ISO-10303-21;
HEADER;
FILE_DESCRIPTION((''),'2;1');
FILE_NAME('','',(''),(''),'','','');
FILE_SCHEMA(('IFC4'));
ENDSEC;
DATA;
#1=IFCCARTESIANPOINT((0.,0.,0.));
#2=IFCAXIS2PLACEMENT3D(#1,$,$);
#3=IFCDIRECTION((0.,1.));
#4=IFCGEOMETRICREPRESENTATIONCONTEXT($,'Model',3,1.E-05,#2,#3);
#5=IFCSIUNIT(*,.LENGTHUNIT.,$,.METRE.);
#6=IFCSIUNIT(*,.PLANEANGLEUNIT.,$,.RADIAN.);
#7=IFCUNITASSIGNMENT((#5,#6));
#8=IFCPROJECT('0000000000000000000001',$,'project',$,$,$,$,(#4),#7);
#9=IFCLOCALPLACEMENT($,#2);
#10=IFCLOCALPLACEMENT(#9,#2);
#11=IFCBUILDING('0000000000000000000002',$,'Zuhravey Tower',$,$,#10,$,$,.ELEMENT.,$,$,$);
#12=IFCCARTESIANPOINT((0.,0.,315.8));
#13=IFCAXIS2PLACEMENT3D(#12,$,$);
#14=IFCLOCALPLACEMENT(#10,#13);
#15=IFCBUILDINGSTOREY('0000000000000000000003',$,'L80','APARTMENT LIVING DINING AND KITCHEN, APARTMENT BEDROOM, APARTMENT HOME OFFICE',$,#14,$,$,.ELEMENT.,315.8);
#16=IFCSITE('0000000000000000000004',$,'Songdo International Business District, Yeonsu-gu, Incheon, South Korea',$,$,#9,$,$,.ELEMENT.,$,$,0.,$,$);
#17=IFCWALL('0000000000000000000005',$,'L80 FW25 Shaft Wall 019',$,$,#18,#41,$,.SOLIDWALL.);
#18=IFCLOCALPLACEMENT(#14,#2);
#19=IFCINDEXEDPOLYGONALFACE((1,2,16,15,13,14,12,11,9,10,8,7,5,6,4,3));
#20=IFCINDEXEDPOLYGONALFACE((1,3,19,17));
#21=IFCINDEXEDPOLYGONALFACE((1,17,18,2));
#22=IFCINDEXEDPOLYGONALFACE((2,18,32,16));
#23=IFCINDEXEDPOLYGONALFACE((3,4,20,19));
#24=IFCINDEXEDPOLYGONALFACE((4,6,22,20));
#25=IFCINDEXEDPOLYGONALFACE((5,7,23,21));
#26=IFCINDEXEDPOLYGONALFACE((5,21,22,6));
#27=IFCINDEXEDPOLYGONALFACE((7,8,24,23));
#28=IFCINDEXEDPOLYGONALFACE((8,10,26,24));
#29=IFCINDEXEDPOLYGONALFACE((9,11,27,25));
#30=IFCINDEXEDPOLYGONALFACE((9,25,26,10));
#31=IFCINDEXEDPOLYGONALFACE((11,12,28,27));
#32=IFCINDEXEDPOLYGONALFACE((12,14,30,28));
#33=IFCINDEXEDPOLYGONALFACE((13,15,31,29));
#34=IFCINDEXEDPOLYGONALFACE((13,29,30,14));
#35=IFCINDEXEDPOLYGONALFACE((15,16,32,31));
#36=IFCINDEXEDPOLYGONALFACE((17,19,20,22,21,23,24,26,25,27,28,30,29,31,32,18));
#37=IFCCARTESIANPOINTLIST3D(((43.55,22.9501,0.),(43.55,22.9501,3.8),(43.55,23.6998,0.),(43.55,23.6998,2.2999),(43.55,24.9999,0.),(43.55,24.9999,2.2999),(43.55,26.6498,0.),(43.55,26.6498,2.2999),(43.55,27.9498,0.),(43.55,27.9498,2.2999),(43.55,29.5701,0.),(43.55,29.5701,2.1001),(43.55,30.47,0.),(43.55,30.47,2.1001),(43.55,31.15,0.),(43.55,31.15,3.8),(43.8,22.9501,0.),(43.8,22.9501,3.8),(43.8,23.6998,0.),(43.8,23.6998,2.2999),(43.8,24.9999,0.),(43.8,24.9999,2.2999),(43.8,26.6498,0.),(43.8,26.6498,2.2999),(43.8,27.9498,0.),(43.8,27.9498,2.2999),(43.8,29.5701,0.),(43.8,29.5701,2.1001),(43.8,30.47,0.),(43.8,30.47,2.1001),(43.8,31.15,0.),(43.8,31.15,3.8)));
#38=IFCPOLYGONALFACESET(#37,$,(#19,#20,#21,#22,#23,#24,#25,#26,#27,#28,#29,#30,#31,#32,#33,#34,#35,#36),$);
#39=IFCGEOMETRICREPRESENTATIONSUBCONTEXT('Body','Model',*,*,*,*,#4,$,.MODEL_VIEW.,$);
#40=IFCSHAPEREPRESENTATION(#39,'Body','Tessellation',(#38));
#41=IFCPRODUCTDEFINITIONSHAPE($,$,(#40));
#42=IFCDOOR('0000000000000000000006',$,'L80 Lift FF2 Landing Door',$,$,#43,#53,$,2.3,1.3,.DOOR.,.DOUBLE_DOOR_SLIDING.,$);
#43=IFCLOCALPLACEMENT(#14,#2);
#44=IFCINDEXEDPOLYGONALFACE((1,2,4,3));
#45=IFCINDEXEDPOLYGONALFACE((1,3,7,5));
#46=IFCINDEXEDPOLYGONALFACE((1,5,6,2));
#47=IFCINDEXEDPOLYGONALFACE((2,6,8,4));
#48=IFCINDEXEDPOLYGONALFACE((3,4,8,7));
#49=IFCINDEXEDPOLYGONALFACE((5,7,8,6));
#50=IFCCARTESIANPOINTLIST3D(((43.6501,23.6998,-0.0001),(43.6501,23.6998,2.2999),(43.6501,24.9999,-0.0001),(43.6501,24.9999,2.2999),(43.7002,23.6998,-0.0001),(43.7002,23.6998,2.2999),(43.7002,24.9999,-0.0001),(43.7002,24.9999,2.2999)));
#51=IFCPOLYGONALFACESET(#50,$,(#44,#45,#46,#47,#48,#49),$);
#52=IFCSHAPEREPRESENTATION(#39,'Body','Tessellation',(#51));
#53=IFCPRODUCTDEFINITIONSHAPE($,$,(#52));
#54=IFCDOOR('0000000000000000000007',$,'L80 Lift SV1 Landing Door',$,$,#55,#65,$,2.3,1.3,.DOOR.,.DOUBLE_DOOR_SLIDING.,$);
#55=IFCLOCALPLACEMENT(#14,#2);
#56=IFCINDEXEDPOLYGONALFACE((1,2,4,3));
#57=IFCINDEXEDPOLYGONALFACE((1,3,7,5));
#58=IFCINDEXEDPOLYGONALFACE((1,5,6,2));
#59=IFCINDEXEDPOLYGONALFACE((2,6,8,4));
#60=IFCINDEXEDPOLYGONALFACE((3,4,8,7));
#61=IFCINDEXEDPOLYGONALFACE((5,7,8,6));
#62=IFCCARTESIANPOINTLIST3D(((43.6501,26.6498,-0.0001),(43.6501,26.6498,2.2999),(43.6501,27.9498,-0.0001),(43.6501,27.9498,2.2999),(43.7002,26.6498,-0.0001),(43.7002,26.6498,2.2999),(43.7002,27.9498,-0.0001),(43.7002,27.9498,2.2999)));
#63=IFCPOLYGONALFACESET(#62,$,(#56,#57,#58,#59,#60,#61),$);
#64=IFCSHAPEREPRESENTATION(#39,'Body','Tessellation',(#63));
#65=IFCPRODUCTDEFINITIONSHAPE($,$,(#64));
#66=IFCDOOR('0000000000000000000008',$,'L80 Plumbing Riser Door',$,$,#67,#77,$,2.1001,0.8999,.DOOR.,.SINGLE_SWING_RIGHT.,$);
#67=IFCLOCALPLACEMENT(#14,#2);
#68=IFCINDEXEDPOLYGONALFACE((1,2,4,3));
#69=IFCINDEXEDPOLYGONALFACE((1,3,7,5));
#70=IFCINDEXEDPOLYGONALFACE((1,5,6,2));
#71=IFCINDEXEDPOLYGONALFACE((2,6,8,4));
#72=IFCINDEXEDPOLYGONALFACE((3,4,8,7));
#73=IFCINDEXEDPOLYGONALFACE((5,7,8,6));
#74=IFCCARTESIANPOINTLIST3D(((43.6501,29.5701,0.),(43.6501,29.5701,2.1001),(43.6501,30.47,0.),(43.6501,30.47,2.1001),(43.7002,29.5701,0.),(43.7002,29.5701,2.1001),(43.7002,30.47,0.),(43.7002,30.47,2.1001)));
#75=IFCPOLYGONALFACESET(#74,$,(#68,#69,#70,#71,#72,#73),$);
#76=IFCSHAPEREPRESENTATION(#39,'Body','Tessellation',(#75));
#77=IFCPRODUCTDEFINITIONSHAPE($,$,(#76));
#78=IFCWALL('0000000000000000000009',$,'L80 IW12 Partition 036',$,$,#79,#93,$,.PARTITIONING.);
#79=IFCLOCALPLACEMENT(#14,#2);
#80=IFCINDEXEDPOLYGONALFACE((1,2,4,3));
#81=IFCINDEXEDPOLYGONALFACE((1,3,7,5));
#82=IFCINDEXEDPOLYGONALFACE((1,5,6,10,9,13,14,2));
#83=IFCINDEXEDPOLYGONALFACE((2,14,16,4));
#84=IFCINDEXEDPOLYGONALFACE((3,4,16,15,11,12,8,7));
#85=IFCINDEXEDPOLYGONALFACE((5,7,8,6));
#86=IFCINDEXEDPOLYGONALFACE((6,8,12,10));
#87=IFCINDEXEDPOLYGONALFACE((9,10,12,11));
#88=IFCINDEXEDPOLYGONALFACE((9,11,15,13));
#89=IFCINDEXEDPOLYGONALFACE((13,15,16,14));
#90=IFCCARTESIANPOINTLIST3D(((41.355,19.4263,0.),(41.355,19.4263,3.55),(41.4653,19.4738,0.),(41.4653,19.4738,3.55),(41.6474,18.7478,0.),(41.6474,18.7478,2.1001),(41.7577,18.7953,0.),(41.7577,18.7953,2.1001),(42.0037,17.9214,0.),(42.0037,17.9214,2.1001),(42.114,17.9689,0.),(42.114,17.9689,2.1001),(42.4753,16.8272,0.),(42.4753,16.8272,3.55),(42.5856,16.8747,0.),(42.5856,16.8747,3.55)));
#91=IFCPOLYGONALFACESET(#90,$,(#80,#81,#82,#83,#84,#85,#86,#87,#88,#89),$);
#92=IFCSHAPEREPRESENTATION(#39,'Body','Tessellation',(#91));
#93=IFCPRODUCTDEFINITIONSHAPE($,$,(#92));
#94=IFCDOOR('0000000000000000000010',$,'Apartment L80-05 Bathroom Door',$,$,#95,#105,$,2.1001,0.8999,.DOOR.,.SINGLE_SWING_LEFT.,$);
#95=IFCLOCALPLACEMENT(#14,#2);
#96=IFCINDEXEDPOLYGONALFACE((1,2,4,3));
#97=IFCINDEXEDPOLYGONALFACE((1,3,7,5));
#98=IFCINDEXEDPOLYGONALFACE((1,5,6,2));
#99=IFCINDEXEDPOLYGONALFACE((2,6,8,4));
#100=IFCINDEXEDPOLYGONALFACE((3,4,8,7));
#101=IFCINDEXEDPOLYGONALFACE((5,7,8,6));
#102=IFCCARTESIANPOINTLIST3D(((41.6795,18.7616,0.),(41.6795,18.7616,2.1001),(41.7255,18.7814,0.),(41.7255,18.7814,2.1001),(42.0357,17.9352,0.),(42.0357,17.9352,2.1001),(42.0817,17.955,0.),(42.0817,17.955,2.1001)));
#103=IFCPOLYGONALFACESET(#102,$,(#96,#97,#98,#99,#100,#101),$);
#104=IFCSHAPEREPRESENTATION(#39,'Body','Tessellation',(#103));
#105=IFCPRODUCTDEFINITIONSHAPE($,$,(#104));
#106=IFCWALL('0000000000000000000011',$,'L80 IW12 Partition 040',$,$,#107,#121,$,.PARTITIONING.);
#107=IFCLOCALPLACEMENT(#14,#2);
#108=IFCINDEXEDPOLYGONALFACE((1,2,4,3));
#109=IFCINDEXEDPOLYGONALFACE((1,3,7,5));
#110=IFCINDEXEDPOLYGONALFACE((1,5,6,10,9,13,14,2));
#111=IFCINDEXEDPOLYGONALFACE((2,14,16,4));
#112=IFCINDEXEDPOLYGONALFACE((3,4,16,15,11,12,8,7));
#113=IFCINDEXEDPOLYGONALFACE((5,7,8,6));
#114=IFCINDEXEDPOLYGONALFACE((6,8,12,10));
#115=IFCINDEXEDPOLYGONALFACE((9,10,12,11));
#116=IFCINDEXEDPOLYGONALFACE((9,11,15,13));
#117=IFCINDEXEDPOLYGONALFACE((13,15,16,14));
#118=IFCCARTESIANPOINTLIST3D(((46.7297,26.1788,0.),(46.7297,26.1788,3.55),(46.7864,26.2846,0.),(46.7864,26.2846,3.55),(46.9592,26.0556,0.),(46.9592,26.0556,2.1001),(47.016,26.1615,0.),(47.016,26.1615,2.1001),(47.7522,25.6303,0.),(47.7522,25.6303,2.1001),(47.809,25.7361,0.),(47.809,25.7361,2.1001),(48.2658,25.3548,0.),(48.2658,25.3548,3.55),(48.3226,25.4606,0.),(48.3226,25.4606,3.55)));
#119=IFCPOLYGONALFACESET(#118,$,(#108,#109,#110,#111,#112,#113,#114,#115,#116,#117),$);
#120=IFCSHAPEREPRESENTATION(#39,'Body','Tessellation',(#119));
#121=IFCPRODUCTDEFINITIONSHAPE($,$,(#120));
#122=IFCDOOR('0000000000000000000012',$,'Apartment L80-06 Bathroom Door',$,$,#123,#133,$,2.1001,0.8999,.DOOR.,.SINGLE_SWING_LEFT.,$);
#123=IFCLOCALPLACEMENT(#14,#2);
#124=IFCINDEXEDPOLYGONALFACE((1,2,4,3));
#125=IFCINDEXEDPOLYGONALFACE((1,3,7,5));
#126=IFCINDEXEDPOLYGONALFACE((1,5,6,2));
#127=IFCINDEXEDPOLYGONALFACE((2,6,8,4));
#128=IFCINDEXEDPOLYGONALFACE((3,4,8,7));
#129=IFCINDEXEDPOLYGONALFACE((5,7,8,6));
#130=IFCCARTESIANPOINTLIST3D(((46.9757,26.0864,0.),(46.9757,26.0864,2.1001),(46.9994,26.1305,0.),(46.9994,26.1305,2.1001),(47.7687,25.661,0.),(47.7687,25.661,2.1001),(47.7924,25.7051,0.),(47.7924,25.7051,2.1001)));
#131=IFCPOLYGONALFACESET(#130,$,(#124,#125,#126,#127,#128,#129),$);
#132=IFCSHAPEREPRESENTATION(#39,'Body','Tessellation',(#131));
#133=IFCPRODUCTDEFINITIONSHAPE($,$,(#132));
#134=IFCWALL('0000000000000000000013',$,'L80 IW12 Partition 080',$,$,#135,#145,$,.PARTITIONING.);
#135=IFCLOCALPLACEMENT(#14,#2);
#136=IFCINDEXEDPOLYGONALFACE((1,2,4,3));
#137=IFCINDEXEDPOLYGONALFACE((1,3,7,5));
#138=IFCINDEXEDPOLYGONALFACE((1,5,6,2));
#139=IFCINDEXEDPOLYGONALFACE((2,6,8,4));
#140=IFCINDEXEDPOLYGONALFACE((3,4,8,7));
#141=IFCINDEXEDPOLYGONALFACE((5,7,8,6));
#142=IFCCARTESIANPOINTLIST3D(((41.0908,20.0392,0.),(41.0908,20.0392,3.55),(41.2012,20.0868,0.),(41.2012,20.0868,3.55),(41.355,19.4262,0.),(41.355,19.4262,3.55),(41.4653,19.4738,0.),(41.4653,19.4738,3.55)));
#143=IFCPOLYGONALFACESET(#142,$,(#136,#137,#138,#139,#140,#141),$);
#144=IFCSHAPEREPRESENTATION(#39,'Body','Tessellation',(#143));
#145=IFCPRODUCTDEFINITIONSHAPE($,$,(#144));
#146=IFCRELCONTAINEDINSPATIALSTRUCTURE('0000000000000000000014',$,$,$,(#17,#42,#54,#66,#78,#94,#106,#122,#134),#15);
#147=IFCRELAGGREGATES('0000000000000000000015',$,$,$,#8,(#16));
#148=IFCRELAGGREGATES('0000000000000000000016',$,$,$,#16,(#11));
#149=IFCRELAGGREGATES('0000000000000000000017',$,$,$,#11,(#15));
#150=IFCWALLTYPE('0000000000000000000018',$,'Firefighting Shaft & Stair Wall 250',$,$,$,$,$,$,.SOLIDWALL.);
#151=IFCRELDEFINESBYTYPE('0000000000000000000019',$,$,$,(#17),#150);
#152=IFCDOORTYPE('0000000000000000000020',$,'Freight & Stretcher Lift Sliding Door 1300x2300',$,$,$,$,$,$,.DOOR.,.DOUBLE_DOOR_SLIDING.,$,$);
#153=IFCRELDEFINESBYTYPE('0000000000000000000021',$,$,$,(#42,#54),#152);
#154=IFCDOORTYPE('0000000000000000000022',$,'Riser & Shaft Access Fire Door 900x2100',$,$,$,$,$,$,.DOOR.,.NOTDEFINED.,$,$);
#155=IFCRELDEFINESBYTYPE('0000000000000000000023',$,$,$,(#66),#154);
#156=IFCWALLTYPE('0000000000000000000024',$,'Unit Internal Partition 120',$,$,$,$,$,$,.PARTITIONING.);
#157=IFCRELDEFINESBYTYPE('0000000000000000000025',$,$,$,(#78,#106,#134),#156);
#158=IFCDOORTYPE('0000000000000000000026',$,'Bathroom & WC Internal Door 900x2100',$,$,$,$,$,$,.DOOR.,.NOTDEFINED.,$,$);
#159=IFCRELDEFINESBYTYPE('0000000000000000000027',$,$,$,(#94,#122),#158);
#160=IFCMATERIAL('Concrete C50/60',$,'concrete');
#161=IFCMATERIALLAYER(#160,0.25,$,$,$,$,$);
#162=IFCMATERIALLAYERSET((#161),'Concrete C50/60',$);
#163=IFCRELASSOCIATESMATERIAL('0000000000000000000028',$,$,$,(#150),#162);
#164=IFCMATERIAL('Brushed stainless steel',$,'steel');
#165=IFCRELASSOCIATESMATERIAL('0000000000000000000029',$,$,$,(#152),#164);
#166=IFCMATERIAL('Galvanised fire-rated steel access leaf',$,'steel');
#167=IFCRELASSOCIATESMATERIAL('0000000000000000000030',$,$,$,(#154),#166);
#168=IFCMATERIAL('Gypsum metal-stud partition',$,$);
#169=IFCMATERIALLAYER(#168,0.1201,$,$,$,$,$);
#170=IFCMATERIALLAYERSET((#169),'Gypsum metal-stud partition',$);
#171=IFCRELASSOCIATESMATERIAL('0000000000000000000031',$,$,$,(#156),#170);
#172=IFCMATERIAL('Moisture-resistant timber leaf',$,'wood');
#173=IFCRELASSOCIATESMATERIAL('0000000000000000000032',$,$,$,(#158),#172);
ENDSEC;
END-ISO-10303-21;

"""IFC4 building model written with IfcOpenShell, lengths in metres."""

from ifc_helpers import new_model, si_unit, direction, frame, frame_2d, origin, place, context, subcontext, project, spatial, rectangle, extrude, material, layer, layer_set, type_object, element, fill, save


model = new_model("IFC4")

# Units and contexts
model_context = context("Model", 3, precision=1e-05, world=origin(), true_north=direction((0.0, 1.0)))
body_context = subcontext(model_context, "Body", "Model", "MODEL_VIEW")
ifc_project = project(units=[si_unit("LENGTHUNIT", "METRE"), si_unit("PLANEANGLEUNIT", "RADIAN")], contexts=[model_context])

# Site, building, storey
site_placement = place(None, origin())
site = spatial("IfcSite", under=ifc_project, at=site_placement, Name="Songdo International Business District, Yeonsu-gu, Incheon, South Korea", CompositionType="ELEMENT", RefElevation=0.0)
building_placement = place(site_placement, origin())
building = spatial("IfcBuilding", under=site, at=building_placement, Name="Zuhravey Tower", CompositionType="ELEMENT")
storey_placement = place(building_placement, frame((0.0, 0.0, 315.8)))
storey = spatial("IfcBuildingStorey", under=building, at=storey_placement, Name="L80", Description="APARTMENT LIVING DINING AND KITCHEN, APARTMENT BEDROOM, APARTMENT HOME OFFICE", CompositionType="ELEMENT", Elevation=315.8)

# Shared definitions
ifc_material_1 = material(Name="Concrete C50/60", Category="concrete")

# Shared definitions
ifc_layer_1 = layer(ifc_material_1, 0.25)
ifc_layer_set_1 = layer_set([ifc_layer_1], Name="Concrete C50/60")
wall_type_1 = type_object("IfcWallType", Name="Firefighting Shaft & Stair Wall 250", PredefinedType="SOLIDWALL", material=ifc_layer_set_1)

# Wall, openings, doors
wall_1_placement = place(storey_placement, frame((43.675, 22.95, 0.0), z_axis=(0.0, 0.0, 1.0), x_axis=(0.0, 1.0, 0.0)))
wall_1 = element("IfcWall", 1, at=wall_1_placement, inside=storey, type_object=wall_type_1, Name="L80 FW25 Shaft Wall 019", PredefinedType="SOLIDWALL", context=body_context, shape_type="SweptSolid", body=[
    extrude(rectangle(XDim=8.2, YDim=0.25, at=frame_2d((4.1001, 0.0))), origin(), (0.0, 0.0, 1.0), 3.8),
])
opening_1_placement = place(wall_1_placement, frame((0.75, 0.0, 0.0)))
opening_1 = element("IfcOpeningElement", 2, at=opening_1_placement, cuts=wall_1, PredefinedType="OPENING", context=body_context, shape_type="SweptSolid", body=[
    extrude(rectangle(XDim=1.3, YDim=2.3, at=frame_2d((0.6499, 1.1499))), frame((0.0, 0.137, 0.0), z_axis=(0.0, -1.0, 0.0), x_axis=(1.0, 0.0, 0.0)), (0.0, 0.0, 1.0), 0.2739),
])
opening_2_placement = place(wall_1_placement, frame((3.7, 0.0, 0.0)))
opening_2 = element("IfcOpeningElement", 3, at=opening_2_placement, cuts=wall_1, PredefinedType="OPENING", context=body_context, shape_type="SweptSolid", body=[
    extrude(rectangle(XDim=1.3, YDim=2.3, at=frame_2d((0.6499, 1.1499))), frame((0.0, 0.137, 0.0), z_axis=(0.0, -1.0, 0.0), x_axis=(1.0, 0.0, 0.0)), (0.0, 0.0, 1.0), 0.2739),
])
opening_3_placement = place(wall_1_placement, frame((6.6201, 0.0, 0.0)))
opening_3 = element("IfcOpeningElement", 4, at=opening_3_placement, cuts=wall_1, PredefinedType="OPENING", context=body_context, shape_type="SweptSolid", body=[
    extrude(rectangle(XDim=0.8999, YDim=2.1001, at=frame_2d((0.45, 1.05))), frame((0.0, 0.137, 0.0), z_axis=(0.0, -1.0, 0.0), x_axis=(1.0, 0.0, 0.0)), (0.0, 0.0, 1.0), 0.2739),
])
ifc_material_2 = material(Name="Brushed stainless steel", Category="steel")
door_type_1 = type_object("IfcDoorType", Name="Freight & Stretcher Lift Sliding Door 1300x2300", OperationType="DOUBLE_DOOR_SLIDING", PredefinedType="DOOR", material=ifc_material_2)
door_1_placement = place(opening_1_placement, origin())
door_1 = element("IfcDoor", 5, at=door_1_placement, inside=storey, type_object=door_type_1, Name="L80 Lift FF2 Landing Door", OperationType="DOUBLE_DOOR_SLIDING", OverallHeight=2.3, OverallWidth=1.3, PredefinedType="DOOR", context=body_context, shape_type="SweptSolid", body=[
    extrude(rectangle(XDim=1.3, YDim=2.3, at=frame_2d((0.6499, 1.1499))), frame((0.0, 0.0249, 0.0), z_axis=(0.0, -1.0, 0.0), x_axis=(1.0, 0.0, 0.0)), (0.0, 0.0, 1.0), 0.05),
])
fill(opening_1, door_1)
door_2_placement = place(opening_2_placement, origin())
door_2 = element("IfcDoor", 6, at=door_2_placement, inside=storey, type_object=door_type_1, Name="L80 Lift SV1 Landing Door", OperationType="DOUBLE_DOOR_SLIDING", OverallHeight=2.3, OverallWidth=1.3, PredefinedType="DOOR", context=body_context, shape_type="SweptSolid", body=[
    extrude(rectangle(XDim=1.3, YDim=2.3, at=frame_2d((0.6499, 1.1499))), frame((0.0, 0.0249, 0.0), z_axis=(0.0, -1.0, 0.0), x_axis=(1.0, 0.0, 0.0)), (0.0, 0.0, 1.0), 0.05),
])
fill(opening_2, door_2)
ifc_material_3 = material(Name="Galvanised fire-rated steel access leaf", Category="steel")
door_type_2 = type_object("IfcDoorType", Name="Riser & Shaft Access Fire Door 900x2100", OperationType="NOTDEFINED", PredefinedType="DOOR", material=ifc_material_3)
door_3_placement = place(opening_3_placement, origin())
door_3 = element("IfcDoor", 7, at=door_3_placement, inside=storey, type_object=door_type_2, Name="L80 Plumbing Riser Door", OperationType="SINGLE_SWING_RIGHT", OverallHeight=2.1001, OverallWidth=0.8999, PredefinedType="DOOR", context=body_context, shape_type="SweptSolid", body=[
    extrude(rectangle(XDim=0.8999, YDim=2.1001, at=frame_2d((0.45, 1.05))), frame((0.0, 0.0249, 0.0), z_axis=(0.0, -1.0, 0.0), x_axis=(1.0, 0.0, 0.0)), (0.0, 0.0, 1.0), 0.05),
])
fill(opening_3, door_3)

# Walls, openings, doors
ifc_material_4 = material(Name="Gypsum metal-stud partition")
ifc_layer_2 = layer(ifc_material_4, 0.1201)
ifc_layer_set_2 = layer_set([ifc_layer_2], Name="Gypsum metal-stud partition")
wall_type_2 = type_object("IfcWallType", Name="Unit Internal Partition 120", PredefinedType="PARTITIONING", material=ifc_layer_set_2)
wall_2_placement = place(storey_placement, frame((41.4102, 19.45, 0.0), z_axis=(0.0, 0.0, 1.0), x_axis=(0.395844, -0.918318, 0.0)))
wall_2 = element("IfcWall", 8, at=wall_2_placement, inside=storey, type_object=wall_type_2, Name="L80 IW12 Partition 036", PredefinedType="PARTITIONING", context=body_context, shape_type="SweptSolid", body=[
    extrude(rectangle(XDim=2.8303, YDim=0.1201, at=frame_2d((1.415, 0.0))), origin(), (0.0, 0.0, 1.0), 3.55),
])
opening_4_placement = place(wall_2_placement, frame((0.7388, 0.0, 0.0)))
opening_4 = element("IfcOpeningElement", 9, at=opening_4_placement, cuts=wall_2, PredefinedType="OPENING", context=body_context, shape_type="SweptSolid", body=[
    extrude(rectangle(XDim=0.8999, YDim=2.1001, at=frame_2d((0.45, 1.05))), frame((0.0, 0.072, 0.0), z_axis=(0.0, -1.0, 0.0), x_axis=(1.0, 0.0, 0.0)), (0.0, 0.0, 1.0), 0.144),
])
ifc_material_5 = material(Name="Moisture-resistant timber leaf", Category="wood")
door_type_3 = type_object("IfcDoorType", Name="Bathroom & WC Internal Door 900x2100", OperationType="NOTDEFINED", PredefinedType="DOOR", material=ifc_material_5)
door_4_placement = place(opening_4_placement, origin())
door_4 = element("IfcDoor", 10, at=door_4_placement, inside=storey, type_object=door_type_3, Name="Apartment L80-05 Bathroom Door", OperationType="SINGLE_SWING_LEFT", OverallHeight=2.1001, OverallWidth=0.8999, PredefinedType="DOOR", context=body_context, shape_type="SweptSolid", body=[
    extrude(rectangle(XDim=0.8999, YDim=2.1001, at=frame_2d((0.45, 1.05))), frame((0.0, 0.0249, 0.0), z_axis=(0.0, -1.0, 0.0), x_axis=(1.0, 0.0, 0.0)), (0.0, 0.0, 1.0), 0.05),
])
fill(opening_4, door_4)
wall_3_placement = place(storey_placement, frame((46.7581, 26.2317, 0.0), z_axis=(0.0, 0.0, 1.0), x_axis=(0.88123, -0.472688, 0.0)))
wall_3 = element("IfcWall", 11, at=wall_3_placement, inside=storey, type_object=wall_type_2, Name="L80 IW12 Partition 040", PredefinedType="PARTITIONING", context=body_context, shape_type="SweptSolid", body=[
    extrude(rectangle(XDim=1.7432, YDim=0.1201, at=frame_2d((0.8716, 0.0))), origin(), (0.0, 0.0, 1.0), 3.55),
])
opening_5_placement = place(wall_3_placement, frame((0.2605, 0.0, 0.0)))
opening_5 = element("IfcOpeningElement", 12, at=opening_5_placement, cuts=wall_3, PredefinedType="OPENING", context=body_context, shape_type="SweptSolid", body=[
    extrude(rectangle(XDim=0.8999, YDim=2.1001, at=frame_2d((0.45, 1.05))), frame((0.0, 0.072, 0.0), z_axis=(0.0, -1.0, 0.0), x_axis=(1.0, 0.0, 0.0)), (0.0, 0.0, 1.0), 0.144),
])
door_5_placement = place(opening_5_placement, origin())
door_5 = element("IfcDoor", 13, at=door_5_placement, inside=storey, type_object=door_type_3, Name="Apartment L80-06 Bathroom Door", OperationType="SINGLE_SWING_LEFT", OverallHeight=2.1001, OverallWidth=0.8999, PredefinedType="DOOR", context=body_context, shape_type="SweptSolid", body=[
    extrude(rectangle(XDim=0.8999, YDim=2.1001, at=frame_2d((0.45, 1.05))), frame((0.0, 0.0249, 0.0), z_axis=(0.0, -1.0, 0.0), x_axis=(1.0, 0.0, 0.0)), (0.0, 0.0, 1.0), 0.05),
])
fill(opening_5, door_5)

# Wall
wall_4_placement = place(storey_placement, frame((41.146, 20.063, 0.0), z_axis=(0.0, 0.0, 1.0), x_axis=(0.395728, -0.918368, 0.0)))
element("IfcWall", 14, at=wall_4_placement, inside=storey, type_object=wall_type_2, Name="L80 IW12 Partition 080", PredefinedType="PARTITIONING", context=body_context, shape_type="SweptSolid", body=[
    extrude(rectangle(XDim=0.6675, YDim=0.1201, at=frame_2d((0.3337, 0.0))), origin(), (0.0, 0.0, 1.0), 3.55),
])

save(model, "model.ifc")
